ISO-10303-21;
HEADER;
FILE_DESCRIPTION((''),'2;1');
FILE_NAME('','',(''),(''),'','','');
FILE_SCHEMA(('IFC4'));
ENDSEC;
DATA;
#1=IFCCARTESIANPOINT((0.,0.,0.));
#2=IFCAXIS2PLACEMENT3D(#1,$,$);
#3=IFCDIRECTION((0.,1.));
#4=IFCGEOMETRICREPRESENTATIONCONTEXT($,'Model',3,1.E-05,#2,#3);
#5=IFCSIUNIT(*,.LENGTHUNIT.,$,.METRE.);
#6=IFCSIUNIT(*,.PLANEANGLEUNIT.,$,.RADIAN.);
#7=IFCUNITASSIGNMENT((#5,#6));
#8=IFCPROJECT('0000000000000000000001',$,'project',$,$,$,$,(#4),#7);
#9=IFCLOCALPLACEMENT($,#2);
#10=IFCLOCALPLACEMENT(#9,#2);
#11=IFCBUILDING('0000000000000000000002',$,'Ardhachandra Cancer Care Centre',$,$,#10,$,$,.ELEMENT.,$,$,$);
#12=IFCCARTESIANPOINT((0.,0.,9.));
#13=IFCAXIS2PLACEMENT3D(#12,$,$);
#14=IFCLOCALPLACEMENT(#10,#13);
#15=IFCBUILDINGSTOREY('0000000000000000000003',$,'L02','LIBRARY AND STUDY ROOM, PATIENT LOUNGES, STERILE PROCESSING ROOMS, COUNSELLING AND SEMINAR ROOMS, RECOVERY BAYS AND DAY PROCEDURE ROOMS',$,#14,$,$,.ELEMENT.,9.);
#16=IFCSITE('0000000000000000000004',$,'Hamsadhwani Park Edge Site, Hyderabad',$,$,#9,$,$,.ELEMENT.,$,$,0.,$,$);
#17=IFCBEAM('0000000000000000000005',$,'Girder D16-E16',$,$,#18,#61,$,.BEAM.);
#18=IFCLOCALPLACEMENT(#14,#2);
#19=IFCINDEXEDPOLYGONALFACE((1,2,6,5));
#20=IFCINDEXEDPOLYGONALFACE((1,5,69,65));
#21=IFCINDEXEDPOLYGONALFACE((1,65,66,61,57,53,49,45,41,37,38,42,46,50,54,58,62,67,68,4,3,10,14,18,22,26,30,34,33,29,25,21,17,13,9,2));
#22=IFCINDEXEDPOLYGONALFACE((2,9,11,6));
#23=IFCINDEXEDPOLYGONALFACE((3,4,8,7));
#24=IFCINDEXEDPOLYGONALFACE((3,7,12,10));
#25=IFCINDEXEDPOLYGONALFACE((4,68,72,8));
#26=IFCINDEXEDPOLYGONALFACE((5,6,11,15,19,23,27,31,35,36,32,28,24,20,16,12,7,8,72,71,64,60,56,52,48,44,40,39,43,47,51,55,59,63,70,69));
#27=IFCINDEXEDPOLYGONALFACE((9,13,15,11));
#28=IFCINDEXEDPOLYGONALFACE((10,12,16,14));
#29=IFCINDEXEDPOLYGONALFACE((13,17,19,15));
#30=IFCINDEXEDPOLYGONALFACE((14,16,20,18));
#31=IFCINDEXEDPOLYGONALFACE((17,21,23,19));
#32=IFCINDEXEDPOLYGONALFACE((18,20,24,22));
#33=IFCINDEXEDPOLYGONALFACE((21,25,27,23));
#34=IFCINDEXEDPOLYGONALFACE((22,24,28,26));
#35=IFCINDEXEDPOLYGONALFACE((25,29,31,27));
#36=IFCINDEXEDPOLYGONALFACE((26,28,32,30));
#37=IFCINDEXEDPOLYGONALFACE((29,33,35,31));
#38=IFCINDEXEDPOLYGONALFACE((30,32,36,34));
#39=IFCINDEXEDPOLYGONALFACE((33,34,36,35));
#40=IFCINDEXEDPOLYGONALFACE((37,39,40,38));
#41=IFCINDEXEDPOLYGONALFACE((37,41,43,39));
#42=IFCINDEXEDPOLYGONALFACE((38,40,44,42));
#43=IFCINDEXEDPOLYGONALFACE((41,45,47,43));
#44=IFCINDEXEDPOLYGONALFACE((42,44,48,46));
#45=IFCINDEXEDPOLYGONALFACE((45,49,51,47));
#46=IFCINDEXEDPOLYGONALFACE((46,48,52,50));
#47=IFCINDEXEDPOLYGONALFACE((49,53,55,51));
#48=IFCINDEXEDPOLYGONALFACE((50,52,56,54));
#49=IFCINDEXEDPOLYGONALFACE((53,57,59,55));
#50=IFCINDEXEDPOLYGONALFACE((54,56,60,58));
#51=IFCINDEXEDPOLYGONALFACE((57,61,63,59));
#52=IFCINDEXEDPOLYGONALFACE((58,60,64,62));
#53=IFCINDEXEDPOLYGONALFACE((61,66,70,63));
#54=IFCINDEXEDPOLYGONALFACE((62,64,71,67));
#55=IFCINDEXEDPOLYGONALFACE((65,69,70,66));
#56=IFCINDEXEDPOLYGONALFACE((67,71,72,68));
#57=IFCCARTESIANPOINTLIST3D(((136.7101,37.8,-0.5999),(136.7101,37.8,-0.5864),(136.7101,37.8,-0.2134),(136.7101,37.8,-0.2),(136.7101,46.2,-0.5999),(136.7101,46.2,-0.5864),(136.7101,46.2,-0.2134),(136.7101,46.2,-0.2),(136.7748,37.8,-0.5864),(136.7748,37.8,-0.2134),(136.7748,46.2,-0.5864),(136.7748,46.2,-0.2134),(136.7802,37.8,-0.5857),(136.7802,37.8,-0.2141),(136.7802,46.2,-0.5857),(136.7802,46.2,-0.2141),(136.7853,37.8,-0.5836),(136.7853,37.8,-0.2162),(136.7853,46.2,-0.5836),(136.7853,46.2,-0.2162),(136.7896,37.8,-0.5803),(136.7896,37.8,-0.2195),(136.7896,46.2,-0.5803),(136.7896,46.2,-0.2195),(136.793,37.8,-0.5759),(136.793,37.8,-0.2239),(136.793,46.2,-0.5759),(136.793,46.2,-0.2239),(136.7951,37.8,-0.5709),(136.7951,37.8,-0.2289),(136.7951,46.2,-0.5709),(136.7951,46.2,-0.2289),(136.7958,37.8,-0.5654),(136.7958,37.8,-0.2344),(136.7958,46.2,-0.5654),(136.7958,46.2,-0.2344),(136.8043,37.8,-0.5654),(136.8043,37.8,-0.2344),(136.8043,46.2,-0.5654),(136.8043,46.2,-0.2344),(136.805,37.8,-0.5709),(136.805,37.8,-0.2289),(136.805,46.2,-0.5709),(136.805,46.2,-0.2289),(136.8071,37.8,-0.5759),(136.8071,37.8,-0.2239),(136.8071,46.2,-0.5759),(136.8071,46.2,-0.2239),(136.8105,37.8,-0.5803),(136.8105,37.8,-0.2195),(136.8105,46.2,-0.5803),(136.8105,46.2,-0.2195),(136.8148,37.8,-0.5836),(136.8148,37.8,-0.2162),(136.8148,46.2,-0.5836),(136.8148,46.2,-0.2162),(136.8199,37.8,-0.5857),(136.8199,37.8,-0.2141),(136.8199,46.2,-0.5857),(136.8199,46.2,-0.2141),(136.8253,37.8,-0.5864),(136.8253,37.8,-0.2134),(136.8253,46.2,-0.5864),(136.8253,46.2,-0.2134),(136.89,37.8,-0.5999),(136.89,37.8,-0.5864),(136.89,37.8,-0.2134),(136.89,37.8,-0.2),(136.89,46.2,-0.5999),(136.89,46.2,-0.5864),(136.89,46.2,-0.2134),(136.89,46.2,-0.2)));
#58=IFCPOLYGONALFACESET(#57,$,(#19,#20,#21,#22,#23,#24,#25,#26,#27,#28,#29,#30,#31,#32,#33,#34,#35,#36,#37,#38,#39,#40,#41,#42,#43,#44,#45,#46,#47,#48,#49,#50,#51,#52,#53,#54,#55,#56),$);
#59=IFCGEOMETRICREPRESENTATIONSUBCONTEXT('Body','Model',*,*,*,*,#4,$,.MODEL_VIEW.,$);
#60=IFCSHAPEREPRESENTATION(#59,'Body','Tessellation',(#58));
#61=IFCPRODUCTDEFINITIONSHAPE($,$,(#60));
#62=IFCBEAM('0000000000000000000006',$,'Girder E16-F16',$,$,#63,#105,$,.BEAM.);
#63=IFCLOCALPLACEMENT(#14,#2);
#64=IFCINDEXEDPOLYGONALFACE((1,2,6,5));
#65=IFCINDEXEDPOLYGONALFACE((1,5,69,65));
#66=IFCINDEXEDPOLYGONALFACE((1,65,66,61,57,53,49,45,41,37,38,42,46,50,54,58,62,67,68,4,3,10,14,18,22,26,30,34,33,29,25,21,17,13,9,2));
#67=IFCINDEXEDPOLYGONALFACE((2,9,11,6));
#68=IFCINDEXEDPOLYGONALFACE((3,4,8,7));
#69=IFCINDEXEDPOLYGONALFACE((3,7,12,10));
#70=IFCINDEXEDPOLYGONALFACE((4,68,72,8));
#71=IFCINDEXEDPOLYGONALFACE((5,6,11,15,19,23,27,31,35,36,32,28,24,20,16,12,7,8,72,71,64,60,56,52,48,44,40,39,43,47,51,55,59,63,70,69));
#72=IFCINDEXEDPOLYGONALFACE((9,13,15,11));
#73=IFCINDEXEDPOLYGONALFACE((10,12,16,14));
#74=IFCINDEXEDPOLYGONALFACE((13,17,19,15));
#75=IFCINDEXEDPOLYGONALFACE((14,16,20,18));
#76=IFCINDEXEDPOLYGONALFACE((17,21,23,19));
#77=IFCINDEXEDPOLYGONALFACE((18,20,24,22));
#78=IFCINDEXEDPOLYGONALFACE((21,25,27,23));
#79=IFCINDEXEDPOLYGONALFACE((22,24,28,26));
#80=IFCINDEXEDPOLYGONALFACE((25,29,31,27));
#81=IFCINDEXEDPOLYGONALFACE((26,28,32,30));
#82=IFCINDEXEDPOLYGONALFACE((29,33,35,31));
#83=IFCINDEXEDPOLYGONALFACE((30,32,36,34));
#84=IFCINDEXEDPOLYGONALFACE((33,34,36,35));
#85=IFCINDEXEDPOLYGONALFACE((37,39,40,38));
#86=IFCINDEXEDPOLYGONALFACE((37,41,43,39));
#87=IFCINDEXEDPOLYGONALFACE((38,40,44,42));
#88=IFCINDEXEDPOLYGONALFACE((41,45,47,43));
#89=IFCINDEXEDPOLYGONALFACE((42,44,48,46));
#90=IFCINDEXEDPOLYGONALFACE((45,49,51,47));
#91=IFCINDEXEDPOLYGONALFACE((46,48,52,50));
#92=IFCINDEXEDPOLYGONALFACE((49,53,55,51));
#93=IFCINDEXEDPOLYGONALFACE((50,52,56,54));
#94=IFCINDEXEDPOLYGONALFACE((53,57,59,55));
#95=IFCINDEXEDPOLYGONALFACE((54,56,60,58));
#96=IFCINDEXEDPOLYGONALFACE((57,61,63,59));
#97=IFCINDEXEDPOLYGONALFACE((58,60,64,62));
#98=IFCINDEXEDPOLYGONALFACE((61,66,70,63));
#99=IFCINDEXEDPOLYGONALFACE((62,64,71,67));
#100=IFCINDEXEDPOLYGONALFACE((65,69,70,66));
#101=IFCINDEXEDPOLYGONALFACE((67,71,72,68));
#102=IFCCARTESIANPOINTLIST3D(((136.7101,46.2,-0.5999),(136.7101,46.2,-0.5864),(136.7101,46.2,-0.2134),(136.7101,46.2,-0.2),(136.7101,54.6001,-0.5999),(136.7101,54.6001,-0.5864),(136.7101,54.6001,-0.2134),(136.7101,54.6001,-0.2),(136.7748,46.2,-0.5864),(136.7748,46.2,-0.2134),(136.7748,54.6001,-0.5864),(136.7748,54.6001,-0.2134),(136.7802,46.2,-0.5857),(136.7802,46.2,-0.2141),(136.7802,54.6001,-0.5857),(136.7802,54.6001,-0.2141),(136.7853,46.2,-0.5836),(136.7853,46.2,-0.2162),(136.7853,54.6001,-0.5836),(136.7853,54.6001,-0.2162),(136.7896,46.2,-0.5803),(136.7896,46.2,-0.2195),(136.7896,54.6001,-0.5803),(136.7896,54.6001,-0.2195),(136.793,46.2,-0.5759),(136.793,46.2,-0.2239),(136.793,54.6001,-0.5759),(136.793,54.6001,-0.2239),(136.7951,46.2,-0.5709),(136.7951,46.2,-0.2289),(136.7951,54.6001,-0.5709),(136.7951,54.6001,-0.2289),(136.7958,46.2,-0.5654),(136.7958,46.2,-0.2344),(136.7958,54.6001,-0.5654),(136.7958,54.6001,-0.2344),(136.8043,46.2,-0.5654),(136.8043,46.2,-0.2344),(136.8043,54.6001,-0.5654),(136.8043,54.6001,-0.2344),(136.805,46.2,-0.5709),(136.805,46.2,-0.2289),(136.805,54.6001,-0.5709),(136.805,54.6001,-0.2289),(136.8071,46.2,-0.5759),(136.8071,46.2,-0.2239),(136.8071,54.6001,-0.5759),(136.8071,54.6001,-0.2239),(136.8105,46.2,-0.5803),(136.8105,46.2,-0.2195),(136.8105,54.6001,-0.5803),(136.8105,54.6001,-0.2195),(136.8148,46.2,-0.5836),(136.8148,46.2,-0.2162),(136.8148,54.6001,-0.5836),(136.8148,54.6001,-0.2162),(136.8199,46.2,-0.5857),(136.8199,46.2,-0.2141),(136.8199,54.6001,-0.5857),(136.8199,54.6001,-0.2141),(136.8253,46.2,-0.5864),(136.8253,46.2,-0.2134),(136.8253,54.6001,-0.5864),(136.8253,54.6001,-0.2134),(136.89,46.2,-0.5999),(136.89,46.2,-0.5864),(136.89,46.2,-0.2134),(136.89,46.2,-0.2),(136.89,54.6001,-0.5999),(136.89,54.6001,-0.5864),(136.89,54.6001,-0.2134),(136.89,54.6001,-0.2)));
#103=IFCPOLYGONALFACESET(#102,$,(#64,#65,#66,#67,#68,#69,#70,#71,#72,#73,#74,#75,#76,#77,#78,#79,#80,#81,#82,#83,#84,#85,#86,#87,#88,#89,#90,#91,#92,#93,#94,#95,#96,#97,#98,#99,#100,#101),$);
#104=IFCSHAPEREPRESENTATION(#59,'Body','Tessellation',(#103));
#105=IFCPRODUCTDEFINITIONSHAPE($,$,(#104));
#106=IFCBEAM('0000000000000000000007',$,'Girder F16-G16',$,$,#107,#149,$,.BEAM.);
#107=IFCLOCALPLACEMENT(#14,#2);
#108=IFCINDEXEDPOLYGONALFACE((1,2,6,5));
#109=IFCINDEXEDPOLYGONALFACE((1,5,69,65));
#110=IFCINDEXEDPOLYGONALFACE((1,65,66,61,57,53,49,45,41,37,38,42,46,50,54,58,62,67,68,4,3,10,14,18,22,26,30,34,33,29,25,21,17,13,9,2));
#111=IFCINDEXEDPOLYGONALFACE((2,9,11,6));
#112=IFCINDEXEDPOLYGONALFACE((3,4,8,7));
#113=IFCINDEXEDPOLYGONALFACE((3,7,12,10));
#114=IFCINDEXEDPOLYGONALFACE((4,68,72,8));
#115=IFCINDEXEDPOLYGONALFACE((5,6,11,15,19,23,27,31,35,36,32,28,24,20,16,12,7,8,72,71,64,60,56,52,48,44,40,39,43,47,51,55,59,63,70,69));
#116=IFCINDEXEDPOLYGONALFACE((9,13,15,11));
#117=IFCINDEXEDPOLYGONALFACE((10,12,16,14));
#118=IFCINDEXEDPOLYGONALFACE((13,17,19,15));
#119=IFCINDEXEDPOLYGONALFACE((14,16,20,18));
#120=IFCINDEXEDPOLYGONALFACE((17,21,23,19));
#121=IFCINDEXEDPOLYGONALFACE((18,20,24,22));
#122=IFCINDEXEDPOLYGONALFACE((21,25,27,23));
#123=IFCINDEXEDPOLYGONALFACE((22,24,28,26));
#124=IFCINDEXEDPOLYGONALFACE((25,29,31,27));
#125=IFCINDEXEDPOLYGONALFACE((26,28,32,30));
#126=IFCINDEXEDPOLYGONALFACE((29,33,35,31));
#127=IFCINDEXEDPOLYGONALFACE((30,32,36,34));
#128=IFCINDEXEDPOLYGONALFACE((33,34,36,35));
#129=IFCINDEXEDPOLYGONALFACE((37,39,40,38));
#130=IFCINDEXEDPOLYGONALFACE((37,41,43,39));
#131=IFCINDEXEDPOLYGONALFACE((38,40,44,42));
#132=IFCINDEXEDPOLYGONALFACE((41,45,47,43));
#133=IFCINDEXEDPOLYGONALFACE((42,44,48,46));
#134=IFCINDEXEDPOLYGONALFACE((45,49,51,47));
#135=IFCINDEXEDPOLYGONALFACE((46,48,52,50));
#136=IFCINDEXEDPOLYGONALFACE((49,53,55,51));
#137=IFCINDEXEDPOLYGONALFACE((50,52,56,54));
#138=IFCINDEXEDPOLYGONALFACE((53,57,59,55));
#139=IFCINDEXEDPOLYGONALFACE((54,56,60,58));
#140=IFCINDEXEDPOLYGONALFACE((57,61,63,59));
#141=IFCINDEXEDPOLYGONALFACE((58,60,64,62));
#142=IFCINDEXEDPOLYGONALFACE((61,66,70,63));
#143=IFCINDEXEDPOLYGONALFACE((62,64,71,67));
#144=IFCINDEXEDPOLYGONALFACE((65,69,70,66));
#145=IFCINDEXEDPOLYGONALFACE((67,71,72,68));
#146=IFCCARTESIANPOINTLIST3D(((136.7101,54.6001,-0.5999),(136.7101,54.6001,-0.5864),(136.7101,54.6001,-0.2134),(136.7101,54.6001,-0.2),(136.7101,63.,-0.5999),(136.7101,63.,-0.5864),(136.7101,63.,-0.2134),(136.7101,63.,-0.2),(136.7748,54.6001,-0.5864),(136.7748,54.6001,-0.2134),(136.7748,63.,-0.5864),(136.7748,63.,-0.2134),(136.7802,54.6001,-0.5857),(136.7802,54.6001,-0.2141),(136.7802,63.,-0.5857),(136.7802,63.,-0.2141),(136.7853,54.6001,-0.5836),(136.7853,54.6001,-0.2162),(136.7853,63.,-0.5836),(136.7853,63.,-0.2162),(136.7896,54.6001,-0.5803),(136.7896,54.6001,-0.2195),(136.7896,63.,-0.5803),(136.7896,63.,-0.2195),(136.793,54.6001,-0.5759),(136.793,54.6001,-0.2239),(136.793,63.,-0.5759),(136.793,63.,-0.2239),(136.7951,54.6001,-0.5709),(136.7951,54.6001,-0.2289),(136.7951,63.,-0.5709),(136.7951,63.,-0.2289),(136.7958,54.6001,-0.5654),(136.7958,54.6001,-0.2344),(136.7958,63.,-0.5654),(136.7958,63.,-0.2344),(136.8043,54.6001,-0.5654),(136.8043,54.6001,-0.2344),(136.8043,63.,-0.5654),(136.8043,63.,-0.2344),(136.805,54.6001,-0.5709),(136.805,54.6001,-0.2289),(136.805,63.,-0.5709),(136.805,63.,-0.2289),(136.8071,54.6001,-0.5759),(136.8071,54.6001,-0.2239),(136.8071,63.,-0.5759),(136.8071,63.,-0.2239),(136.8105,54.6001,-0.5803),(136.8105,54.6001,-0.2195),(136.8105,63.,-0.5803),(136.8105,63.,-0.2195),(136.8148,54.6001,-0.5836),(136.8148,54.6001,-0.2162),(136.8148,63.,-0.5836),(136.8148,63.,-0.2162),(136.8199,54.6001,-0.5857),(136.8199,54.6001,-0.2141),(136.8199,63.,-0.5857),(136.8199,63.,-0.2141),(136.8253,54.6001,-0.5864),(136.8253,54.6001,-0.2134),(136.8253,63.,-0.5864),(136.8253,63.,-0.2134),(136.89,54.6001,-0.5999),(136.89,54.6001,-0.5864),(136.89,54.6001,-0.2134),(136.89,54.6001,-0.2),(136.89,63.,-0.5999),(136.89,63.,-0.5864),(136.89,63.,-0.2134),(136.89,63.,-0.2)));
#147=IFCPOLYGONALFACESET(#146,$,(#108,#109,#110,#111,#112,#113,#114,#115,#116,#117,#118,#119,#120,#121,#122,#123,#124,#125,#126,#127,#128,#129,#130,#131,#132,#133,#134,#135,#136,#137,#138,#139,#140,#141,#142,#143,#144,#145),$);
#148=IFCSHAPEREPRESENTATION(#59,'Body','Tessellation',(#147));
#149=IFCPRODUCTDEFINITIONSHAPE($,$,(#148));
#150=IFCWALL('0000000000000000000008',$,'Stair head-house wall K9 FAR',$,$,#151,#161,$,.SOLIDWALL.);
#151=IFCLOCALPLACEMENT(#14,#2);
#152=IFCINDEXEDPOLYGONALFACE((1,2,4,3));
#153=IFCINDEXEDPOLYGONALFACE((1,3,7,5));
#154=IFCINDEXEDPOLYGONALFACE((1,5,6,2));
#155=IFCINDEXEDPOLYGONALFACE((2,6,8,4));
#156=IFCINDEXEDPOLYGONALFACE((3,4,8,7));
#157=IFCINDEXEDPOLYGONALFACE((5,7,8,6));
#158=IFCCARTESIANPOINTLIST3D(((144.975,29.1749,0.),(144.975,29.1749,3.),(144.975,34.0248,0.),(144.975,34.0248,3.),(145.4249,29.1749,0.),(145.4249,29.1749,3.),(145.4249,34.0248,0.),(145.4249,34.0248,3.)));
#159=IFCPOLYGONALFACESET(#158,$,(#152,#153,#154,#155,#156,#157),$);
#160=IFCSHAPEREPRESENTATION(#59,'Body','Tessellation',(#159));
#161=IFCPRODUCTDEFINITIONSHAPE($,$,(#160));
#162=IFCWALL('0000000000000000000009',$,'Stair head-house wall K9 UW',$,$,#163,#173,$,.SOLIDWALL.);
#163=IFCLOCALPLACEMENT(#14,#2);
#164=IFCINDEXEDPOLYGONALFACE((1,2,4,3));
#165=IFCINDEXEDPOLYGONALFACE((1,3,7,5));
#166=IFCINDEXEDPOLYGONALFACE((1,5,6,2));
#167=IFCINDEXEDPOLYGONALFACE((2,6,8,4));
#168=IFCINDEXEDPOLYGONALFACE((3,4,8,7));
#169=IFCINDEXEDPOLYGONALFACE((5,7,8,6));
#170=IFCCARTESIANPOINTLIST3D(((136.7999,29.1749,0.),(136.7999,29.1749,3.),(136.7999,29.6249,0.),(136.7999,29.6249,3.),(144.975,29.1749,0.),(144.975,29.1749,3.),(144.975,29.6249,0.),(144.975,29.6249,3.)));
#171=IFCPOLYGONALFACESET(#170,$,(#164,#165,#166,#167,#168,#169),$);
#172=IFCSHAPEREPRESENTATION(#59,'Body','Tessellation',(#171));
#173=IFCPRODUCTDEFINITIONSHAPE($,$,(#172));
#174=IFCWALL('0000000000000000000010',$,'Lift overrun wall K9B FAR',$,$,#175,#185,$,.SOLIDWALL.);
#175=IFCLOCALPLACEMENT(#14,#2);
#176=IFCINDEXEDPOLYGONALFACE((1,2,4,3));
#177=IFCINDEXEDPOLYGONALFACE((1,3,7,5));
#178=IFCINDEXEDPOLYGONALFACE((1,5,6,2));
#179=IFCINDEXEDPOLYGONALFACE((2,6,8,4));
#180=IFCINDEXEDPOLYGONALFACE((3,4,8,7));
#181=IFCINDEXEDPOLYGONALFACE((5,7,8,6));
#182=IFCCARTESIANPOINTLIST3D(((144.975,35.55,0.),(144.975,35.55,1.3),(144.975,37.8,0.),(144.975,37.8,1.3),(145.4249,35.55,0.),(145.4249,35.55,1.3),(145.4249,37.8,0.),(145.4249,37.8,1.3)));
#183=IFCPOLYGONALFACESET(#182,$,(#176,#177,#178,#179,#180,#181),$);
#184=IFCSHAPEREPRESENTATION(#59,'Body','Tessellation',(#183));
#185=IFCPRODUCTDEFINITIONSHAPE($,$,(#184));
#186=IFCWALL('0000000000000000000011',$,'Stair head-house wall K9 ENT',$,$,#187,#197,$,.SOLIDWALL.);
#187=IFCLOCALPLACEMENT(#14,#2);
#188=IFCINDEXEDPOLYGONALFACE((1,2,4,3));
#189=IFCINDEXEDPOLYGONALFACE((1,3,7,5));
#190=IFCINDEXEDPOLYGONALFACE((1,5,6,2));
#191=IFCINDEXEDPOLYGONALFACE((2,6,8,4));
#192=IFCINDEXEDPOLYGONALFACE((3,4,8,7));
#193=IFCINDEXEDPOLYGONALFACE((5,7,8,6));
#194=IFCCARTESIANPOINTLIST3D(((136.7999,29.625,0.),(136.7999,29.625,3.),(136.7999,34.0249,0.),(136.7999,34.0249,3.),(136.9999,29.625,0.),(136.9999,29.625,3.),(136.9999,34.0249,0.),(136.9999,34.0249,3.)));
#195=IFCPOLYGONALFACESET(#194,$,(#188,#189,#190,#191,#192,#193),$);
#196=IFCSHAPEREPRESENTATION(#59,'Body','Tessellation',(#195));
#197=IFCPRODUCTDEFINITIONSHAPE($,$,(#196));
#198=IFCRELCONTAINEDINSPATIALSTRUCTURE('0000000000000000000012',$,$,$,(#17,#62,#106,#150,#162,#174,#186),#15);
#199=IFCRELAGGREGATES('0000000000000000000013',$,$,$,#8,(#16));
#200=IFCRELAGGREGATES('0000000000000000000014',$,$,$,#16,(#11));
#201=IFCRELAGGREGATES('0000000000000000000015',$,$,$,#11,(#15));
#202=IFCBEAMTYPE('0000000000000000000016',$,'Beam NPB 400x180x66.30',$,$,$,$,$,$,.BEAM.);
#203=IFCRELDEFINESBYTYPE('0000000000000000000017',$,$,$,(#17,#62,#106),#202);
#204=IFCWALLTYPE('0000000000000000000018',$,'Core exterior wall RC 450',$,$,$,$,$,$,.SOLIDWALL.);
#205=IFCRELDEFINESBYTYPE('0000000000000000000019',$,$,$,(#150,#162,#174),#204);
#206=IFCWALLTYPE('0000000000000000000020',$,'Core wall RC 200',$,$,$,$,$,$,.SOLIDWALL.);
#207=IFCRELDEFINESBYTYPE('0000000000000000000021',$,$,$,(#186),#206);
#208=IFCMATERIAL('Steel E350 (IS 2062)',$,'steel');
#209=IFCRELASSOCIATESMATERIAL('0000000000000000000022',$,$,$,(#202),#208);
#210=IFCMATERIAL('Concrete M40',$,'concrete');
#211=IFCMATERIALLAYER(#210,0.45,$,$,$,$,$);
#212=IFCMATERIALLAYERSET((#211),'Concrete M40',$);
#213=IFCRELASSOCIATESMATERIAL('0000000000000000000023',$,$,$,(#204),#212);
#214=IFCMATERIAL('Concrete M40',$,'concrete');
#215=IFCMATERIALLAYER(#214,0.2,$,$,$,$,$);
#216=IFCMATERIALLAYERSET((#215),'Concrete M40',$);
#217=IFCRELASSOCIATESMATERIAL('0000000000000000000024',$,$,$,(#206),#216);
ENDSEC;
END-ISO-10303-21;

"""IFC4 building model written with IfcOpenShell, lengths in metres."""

from ifc_helpers import new_model, si_unit, direction, frame, frame_2d, origin, origin_2d, place, context, subcontext, project, spatial, rectangle, i_section, extrude, material, layer, layer_set, material_profile, profile_set, type_object, element, save


model = new_model("IFC4")

# Units and contexts
model_context = context("Model", 3, precision=1e-05, world=origin(), true_north=direction((0.0, 1.0)))
body_context = subcontext(model_context, "Body", "Model", "MODEL_VIEW")
ifc_project = project(units=[si_unit("LENGTHUNIT", "METRE"), si_unit("PLANEANGLEUNIT", "RADIAN")], contexts=[model_context])

# Site, building, storey
site_placement = place(None, origin())
site = spatial("IfcSite", under=ifc_project, at=site_placement, Name="Hamsadhwani Park Edge Site, Hyderabad", CompositionType="ELEMENT", RefElevation=0.0)
building_placement = place(site_placement, origin())
building = spatial("IfcBuilding", under=site, at=building_placement, Name="Ardhachandra Cancer Care Centre", CompositionType="ELEMENT")
storey_placement = place(building_placement, frame((0.0, 0.0, 9.0)))
storey = spatial("IfcBuildingStorey", under=building, at=storey_placement, Name="L02", Description="LIBRARY AND STUDY ROOM, PATIENT LOUNGES, STERILE PROCESSING ROOMS, COUNSELLING AND SEMINAR ROOMS, RECOVERY BAYS AND DAY PROCEDURE ROOMS", CompositionType="ELEMENT", Elevation=9.0)

# Beams
ifc_material_1 = material(Name="Steel E350 (IS 2062)", Category="steel")
ifc_material_profile_1 = material_profile(ifc_material_1, i_section(OverallWidth=0.1799, OverallDepth=0.3999, WebThickness=0.0085, FlangeThickness=0.0134, FilletRadius=0.021, at=origin_2d()), Name="NPB 400x180x66.30")
ifc_profile_set_1 = profile_set([ifc_material_profile_1], Name="Steel E350 (IS 2062)")
beam_type_1 = type_object("IfcBeamType", Name="Beam NPB 400x180x66.30", PredefinedType="BEAM", material=ifc_profile_set_1)
for number, where, z_axis, x_axis, name in (
    (1, (136.8, 37.8, -0.3999), (0.0, 1.0, 0.0), (-1.0, 0.0, 0.0), "Girder D16-E16"),
):
    element("IfcBeam", number, at=place(storey_placement, frame(where, z_axis=z_axis, x_axis=x_axis)), inside=storey, type_object=beam_type_1, Name=name, PredefinedType="BEAM", context=body_context, shape_type="SweptSolid", body=[
        extrude(i_section(OverallWidth=0.1799, OverallDepth=0.3999, WebThickness=0.0085, FlangeThickness=0.0134, FilletRadius=0.021, at=origin_2d()), origin(), (0.0, 0.0, 1.0), 8.3999),
    ])
beam_1_placement = place(storey_placement, frame((136.8, 46.2, -0.3999), z_axis=(0.0, 1.0, 0.0), x_axis=(-1.0, 0.0, 0.0)))
element("IfcBeam", 2, at=beam_1_placement, inside=storey, type_object=beam_type_1, Name="Girder E16-F16", PredefinedType="BEAM", context=body_context, shape_type="SweptSolid", body=[
    extrude(i_section(OverallWidth=0.1799, OverallDepth=0.3999, WebThickness=0.0085, FlangeThickness=0.0134, FilletRadius=0.021, at=origin_2d()), origin(), (0.0, 0.0, 1.0), 8.4001),
])
beam_2_placement = place(storey_placement, frame((136.8, 54.6001, -0.3999), z_axis=(0.0, 1.0, 0.0), x_axis=(-1.0, 0.0, 0.0)))
element("IfcBeam", 3, at=beam_2_placement, inside=storey, type_object=beam_type_1, Name="Girder F16-G16", PredefinedType="BEAM", context=body_context, shape_type="SweptSolid", body=[
    extrude(i_section(OverallWidth=0.1799, OverallDepth=0.3999, WebThickness=0.0085, FlangeThickness=0.0134, FilletRadius=0.021, at=origin_2d()), origin(), (0.0, 0.0, 1.0), 8.3999),
])

# Walls
ifc_material_2 = material(Name="Concrete M40", Category="concrete")
ifc_layer_1 = layer(ifc_material_2, 0.45)
ifc_layer_set_1 = layer_set([ifc_layer_1], Name="Concrete M40")
wall_type_1 = type_object("IfcWallType", Name="Core exterior wall RC 450", PredefinedType="SOLIDWALL", material=ifc_layer_set_1)
wall_1_placement = place(storey_placement, frame((145.2, 29.175, 0.0), z_axis=(0.0, 0.0, 1.0), x_axis=(0.0, 1.0, 0.0)))
element("IfcWall", 4, at=wall_1_placement, inside=storey, type_object=wall_type_1, Name="Stair head-house wall K9 FAR", PredefinedType="SOLIDWALL", context=body_context, shape_type="SweptSolid", body=[
    extrude(rectangle(XDim=4.8499, YDim=0.45, at=frame_2d((2.4248, 0.0))), origin(), (0.0, 0.0, 1.0), 3.0),
])
wall_2_placement = place(storey_placement, frame((136.8, 29.3999, 0.0), z_axis=(0.0, 0.0, 1.0), x_axis=(1.0, 0.0, 0.0)))
element("IfcWall", 5, at=wall_2_placement, inside=storey, type_object=wall_type_1, Name="Stair head-house wall K9 UW", PredefinedType="SOLIDWALL", context=body_context, shape_type="SweptSolid", body=[
    extrude(rectangle(XDim=8.175, YDim=0.45, at=frame_2d((4.0874, 0.0))), origin(), (0.0, 0.0, 1.0), 3.0),
])
wall_3_placement = place(storey_placement, frame((145.2, 35.55, 0.0), z_axis=(0.0, 0.0, 1.0), x_axis=(0.0, 1.0, 0.0)))
element("IfcWall", 6, at=wall_3_placement, inside=storey, type_object=wall_type_1, Name="Lift overrun wall K9B FAR", PredefinedType="SOLIDWALL", context=body_context, shape_type="SweptSolid", body=[
    extrude(rectangle(XDim=2.25, YDim=0.45, at=frame_2d((1.125, 0.0))), origin(), (0.0, 0.0, 1.0), 1.3),
])
ifc_material_3 = material(Name="Concrete M40", Category="concrete")
ifc_layer_2 = layer(ifc_material_3, 0.2)
ifc_layer_set_2 = layer_set([ifc_layer_2], Name="Concrete M40")
wall_type_2 = type_object("IfcWallType", Name="Core wall RC 200", PredefinedType="SOLIDWALL", material=ifc_layer_set_2)
wall_4_placement = place(storey_placement, frame((136.8999, 29.625, 0.0), z_axis=(0.0, 0.0, 1.0), x_axis=(0.0, 1.0, 0.0)))
element("IfcWall", 7, at=wall_4_placement, inside=storey, type_object=wall_type_2, Name="Stair head-house wall K9 ENT", PredefinedType="SOLIDWALL", context=body_context, shape_type="SweptSolid", body=[
    extrude(rectangle(XDim=4.3999, YDim=0.2, at=frame_2d((2.2, 0.0))), origin(), (0.0, 0.0, 1.0), 3.0),
])

save(model, "model.ifc")
